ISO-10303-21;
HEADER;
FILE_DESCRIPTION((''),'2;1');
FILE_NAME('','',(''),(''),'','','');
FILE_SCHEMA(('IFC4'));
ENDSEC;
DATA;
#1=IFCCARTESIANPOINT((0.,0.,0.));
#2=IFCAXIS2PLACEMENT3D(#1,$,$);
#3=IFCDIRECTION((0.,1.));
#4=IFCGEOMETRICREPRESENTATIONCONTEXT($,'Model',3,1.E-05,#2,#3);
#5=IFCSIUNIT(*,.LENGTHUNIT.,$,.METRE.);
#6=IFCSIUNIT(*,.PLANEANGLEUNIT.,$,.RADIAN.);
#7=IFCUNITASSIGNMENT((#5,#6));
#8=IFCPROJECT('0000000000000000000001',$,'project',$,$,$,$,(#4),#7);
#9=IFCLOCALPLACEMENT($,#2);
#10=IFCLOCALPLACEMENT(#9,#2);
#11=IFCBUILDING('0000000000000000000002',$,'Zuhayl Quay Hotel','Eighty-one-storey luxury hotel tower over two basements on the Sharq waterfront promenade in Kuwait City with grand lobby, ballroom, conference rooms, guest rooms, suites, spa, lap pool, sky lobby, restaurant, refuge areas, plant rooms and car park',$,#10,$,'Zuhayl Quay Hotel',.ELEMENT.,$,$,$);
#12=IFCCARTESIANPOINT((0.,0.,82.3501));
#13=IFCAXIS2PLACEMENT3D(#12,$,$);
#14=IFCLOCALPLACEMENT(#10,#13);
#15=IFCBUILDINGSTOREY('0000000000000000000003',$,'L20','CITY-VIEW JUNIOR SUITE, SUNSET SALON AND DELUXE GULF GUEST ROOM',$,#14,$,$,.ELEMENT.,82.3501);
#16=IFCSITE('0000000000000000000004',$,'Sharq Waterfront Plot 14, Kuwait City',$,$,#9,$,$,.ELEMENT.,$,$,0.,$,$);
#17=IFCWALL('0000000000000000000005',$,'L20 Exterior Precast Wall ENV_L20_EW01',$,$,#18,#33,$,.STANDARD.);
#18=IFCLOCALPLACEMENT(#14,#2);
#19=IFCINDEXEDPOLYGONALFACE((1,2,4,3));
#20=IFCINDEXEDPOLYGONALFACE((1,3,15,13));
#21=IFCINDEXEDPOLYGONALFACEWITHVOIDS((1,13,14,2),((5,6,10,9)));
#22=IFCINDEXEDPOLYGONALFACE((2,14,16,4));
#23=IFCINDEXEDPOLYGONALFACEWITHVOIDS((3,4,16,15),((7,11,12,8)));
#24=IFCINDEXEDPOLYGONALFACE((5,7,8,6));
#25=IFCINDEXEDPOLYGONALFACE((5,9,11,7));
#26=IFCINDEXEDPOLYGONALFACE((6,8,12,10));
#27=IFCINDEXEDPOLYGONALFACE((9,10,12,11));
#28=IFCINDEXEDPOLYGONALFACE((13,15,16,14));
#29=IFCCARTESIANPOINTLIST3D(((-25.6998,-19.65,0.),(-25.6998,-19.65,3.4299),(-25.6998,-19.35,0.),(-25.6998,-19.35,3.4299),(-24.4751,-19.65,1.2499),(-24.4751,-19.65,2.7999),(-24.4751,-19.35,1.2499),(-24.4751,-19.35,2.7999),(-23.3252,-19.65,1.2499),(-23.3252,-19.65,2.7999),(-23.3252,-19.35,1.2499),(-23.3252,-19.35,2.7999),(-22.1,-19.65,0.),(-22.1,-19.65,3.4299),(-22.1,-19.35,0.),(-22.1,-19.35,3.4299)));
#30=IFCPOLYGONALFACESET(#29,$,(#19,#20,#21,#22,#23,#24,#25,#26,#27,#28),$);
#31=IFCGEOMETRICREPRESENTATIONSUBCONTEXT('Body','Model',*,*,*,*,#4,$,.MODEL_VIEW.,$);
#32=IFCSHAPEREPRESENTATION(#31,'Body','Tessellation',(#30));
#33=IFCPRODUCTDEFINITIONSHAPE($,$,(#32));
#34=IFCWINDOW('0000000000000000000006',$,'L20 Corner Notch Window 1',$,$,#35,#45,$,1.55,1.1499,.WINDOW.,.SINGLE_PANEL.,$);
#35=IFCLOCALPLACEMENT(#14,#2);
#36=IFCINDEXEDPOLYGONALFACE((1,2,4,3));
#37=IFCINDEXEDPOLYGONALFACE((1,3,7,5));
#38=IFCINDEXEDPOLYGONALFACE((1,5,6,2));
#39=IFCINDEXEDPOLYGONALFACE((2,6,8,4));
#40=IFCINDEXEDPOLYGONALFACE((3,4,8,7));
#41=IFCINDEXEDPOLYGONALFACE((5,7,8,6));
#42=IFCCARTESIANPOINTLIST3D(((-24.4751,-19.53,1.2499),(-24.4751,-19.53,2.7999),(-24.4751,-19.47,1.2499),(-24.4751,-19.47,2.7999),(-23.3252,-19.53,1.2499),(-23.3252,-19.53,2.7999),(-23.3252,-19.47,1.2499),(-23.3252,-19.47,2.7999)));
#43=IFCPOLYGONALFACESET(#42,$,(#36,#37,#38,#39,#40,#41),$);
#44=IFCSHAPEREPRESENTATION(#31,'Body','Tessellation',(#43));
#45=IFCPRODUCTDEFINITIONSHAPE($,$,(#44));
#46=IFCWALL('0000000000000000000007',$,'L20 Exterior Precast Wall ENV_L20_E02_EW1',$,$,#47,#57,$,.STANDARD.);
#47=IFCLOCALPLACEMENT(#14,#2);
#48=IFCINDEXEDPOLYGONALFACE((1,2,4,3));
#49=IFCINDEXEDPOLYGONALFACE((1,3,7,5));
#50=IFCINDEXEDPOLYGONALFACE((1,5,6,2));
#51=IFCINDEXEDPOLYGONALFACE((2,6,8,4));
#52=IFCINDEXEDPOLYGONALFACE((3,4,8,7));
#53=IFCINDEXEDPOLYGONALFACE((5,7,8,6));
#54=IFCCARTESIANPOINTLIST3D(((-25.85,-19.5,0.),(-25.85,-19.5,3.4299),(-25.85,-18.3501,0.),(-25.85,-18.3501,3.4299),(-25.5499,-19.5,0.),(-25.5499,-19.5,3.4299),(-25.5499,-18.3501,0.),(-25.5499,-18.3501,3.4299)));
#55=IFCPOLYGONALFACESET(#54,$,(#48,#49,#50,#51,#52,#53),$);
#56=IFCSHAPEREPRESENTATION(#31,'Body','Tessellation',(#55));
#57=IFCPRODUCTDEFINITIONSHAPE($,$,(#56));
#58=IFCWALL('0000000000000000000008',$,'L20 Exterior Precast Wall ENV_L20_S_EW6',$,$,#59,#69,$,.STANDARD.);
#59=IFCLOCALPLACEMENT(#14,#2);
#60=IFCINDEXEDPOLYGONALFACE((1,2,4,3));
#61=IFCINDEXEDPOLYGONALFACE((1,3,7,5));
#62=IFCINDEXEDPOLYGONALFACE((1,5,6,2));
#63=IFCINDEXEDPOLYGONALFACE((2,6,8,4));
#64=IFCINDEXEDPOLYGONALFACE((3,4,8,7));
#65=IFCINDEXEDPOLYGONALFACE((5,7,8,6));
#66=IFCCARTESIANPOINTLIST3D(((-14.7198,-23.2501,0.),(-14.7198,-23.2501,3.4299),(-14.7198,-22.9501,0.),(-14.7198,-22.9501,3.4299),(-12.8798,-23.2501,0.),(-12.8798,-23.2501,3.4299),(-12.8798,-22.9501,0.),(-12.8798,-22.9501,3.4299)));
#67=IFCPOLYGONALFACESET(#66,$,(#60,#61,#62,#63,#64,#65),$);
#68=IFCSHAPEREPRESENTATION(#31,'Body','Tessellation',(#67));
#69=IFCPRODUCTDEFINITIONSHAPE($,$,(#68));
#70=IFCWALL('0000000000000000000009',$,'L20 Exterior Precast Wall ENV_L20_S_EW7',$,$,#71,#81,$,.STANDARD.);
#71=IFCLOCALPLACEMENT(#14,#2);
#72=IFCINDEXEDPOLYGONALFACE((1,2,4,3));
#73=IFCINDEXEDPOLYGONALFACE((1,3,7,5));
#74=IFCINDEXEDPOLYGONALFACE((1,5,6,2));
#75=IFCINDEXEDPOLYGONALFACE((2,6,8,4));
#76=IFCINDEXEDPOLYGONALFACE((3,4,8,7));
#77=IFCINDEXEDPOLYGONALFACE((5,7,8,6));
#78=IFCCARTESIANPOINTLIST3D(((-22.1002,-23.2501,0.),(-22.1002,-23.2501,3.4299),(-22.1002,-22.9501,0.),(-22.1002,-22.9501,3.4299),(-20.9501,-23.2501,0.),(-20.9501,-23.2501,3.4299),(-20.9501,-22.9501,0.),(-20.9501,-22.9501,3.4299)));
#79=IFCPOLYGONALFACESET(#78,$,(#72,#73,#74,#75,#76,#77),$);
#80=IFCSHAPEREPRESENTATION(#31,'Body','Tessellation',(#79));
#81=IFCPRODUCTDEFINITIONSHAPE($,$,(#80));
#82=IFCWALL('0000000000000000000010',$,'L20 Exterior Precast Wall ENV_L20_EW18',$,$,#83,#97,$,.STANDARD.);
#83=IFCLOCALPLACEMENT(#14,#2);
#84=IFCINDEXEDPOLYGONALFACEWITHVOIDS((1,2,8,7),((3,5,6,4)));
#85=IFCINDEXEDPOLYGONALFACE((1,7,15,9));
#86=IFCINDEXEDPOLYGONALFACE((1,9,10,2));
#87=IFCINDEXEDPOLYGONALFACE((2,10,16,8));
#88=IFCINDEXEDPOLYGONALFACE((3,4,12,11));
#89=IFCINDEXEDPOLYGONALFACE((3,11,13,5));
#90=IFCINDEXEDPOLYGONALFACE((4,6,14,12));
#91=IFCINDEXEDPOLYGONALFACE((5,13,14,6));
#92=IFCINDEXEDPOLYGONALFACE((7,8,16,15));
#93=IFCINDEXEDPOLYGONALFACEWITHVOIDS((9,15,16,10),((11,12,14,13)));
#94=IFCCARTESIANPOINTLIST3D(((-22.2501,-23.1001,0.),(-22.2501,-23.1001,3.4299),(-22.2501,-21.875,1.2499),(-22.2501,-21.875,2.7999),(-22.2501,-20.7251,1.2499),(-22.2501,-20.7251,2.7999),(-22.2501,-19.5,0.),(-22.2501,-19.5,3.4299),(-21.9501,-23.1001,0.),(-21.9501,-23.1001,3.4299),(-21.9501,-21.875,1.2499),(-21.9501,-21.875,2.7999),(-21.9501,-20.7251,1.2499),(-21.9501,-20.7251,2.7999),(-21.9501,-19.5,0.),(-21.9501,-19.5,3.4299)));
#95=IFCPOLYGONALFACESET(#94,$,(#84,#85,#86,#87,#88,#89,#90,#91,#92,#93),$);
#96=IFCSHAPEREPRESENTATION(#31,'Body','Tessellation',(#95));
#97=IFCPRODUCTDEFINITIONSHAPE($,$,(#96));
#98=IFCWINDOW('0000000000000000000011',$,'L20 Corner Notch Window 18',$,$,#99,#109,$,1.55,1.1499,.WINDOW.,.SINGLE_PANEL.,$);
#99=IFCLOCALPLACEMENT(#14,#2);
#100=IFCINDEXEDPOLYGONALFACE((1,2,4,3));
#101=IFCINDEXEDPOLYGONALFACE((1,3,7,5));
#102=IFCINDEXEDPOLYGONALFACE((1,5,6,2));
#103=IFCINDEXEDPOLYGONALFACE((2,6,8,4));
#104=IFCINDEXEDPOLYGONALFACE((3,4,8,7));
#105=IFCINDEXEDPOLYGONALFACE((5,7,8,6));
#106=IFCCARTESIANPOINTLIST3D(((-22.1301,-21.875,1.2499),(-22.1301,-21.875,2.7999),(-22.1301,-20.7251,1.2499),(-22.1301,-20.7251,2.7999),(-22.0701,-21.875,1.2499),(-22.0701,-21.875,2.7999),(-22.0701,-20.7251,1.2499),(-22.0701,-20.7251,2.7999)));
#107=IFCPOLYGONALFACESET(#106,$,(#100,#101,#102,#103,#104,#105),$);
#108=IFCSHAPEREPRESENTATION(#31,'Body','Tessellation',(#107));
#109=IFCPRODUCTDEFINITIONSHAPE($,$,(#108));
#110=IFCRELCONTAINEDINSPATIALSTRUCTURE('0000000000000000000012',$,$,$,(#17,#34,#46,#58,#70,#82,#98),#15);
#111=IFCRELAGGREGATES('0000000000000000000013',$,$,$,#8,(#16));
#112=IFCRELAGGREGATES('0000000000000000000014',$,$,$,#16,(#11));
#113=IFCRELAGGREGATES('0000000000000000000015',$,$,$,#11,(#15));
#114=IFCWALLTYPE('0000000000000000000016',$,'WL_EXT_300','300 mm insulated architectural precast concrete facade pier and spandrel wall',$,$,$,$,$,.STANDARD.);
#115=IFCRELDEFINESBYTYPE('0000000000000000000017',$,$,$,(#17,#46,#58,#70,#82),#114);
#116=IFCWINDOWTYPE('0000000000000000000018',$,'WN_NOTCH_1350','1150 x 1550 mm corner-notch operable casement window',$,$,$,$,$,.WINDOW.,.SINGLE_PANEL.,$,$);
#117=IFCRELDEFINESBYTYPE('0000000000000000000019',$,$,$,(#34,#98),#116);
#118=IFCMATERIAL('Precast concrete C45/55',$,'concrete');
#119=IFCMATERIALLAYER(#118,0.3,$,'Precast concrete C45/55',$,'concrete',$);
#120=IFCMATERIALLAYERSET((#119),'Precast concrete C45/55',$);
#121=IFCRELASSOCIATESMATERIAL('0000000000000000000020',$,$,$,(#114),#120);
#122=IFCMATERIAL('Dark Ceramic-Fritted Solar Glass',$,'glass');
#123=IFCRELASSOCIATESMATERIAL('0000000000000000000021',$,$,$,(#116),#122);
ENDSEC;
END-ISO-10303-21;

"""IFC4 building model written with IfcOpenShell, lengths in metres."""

from ifc_helpers import new_model, si_unit, direction, frame, frame_2d, origin, place, context, subcontext, project, spatial, rectangle, extrude, material, layer, layer_set, type_object, element, fill, save


model = new_model("IFC4")

# Units and contexts
model_context = context("Model", 3, precision=1e-05, world=origin(), true_north=direction((0.0, 1.0)))
body_context = subcontext(model_context, "Body", "Model", "MODEL_VIEW")
ifc_project = project(units=[si_unit("LENGTHUNIT", "METRE"), si_unit("PLANEANGLEUNIT", "RADIAN")], contexts=[model_context])

# Site, building, storey
site_placement = place(None, origin())
site = spatial("IfcSite", under=ifc_project, at=site_placement, Name="Sharq Waterfront Plot 14, Kuwait City", CompositionType="ELEMENT", RefElevation=0.0)
building_placement = place(site_placement, origin())
building = spatial("IfcBuilding", under=site, at=building_placement, Name="Zuhayl Quay Hotel", Description="Eighty-one-storey luxury hotel tower over two basements on the Sharq waterfront promenade in Kuwait City with grand lobby, ballroom, conference rooms, guest rooms, suites, spa, lap pool, sky lobby, restaurant, refuge areas, plant rooms and car park", LongName="Zuhayl Quay Hotel", CompositionType="ELEMENT")
storey_placement = place(building_placement, frame((0.0, 0.0, 82.3501)))
storey = spatial("IfcBuildingStorey", under=building, at=storey_placement, Name="L20", Description="CITY-VIEW JUNIOR SUITE, SUNSET SALON AND DELUXE GULF GUEST ROOM", CompositionType="ELEMENT", Elevation=82.3501)

# Shared definitions
ifc_material_1 = material(Name="Dark Ceramic-Fritted Solar Glass", Category="glass")

# Wall, opening, window
ifc_material_2 = material(Name="Precast concrete C45/55", Category="concrete")
ifc_layer_1 = layer(ifc_material_2, 0.3, Name="Precast concrete C45/55", Category="concrete")
ifc_layer_set_1 = layer_set([ifc_layer_1], Name="Precast concrete C45/55")
wall_type = type_object("IfcWallType", Name="WL_EXT_300", Description="300 mm insulated architectural precast concrete facade pier and spandrel wall", PredefinedType="STANDARD", material=ifc_layer_set_1)
wall_1_placement = place(storey_placement, frame((-22.1001, -19.5, 0.0), z_axis=(0.0, 0.0, 1.0), x_axis=(-1.0, 0.0, 0.0)))
wall_1 = element("IfcWall", 1, at=wall_1_placement, inside=storey, type_object=wall_type, Name="L20 Exterior Precast Wall ENV_L20_EW01", PredefinedType="STANDARD", context=body_context, shape_type="SweptSolid", body=[
    extrude(rectangle(XDim=3.5999, YDim=0.3, at=frame_2d((1.7998, 0.0))), origin(), (0.0, 0.0, 1.0), 3.4299),
])
opening_1_placement = place(wall_1_placement, frame((1.2251, 0.0, 1.25)))
opening_1 = element("IfcOpeningElement", 2, at=opening_1_placement, cuts=wall_1, PredefinedType="OPENING", context=body_context, shape_type="SweptSolid", body=[
    extrude(rectangle(XDim=1.1499, YDim=1.55, at=frame_2d((0.575, 0.7749))), frame((0.0, 0.1599, 0.0), z_axis=(0.0, -1.0, 0.0), x_axis=(1.0, 0.0, 0.0)), (0.0, 0.0, 1.0), 0.3201),
])
window_type = type_object("IfcWindowType", Name="WN_NOTCH_1350", Description="1150 x 1550 mm corner-notch operable casement window", PartitioningType="SINGLE_PANEL", PredefinedType="WINDOW", material=ifc_material_1)
window_1_placement = place(opening_1_placement, origin())
window_1 = element("IfcWindow", 3, at=window_1_placement, inside=storey, type_object=window_type, Name="L20 Corner Notch Window 1", OverallHeight=1.55, OverallWidth=1.1499, PartitioningType="SINGLE_PANEL", PredefinedType="WINDOW", context=body_context, shape_type="SweptSolid", body=[
    extrude(rectangle(XDim=1.1499, YDim=1.55, at=frame_2d((0.575, 0.7749))), frame((0.0, 0.03, 0.0), z_axis=(0.0, -1.0, 0.0), x_axis=(1.0, 0.0, 0.0)), (0.0, 0.0, 1.0), 0.0601),
])
fill(opening_1, window_1)

# Walls
wall_2_placement = place(storey_placement, frame((-25.7, -19.5, 0.0), z_axis=(0.0, 0.0, 1.0), x_axis=(0.0, 1.0, 0.0)))
element("IfcWall", 4, at=wall_2_placement, inside=storey, type_object=wall_type, Name="L20 Exterior Precast Wall ENV_L20_E02_EW1", PredefinedType="STANDARD", context=body_context, shape_type="SweptSolid", body=[
    extrude(rectangle(XDim=1.1499, YDim=0.3, at=frame_2d((0.575, 0.0))), origin(), (0.0, 0.0, 1.0), 3.4299),
])
wall_3_placement = place(storey_placement, frame((-12.8799, -23.1001, 0.0), z_axis=(0.0, 0.0, 1.0), x_axis=(-1.0, 0.0, 0.0)))
element("IfcWall", 5, at=wall_3_placement, inside=storey, type_object=wall_type, Name="L20 Exterior Precast Wall ENV_L20_S_EW6", PredefinedType="STANDARD", context=body_context, shape_type="SweptSolid", body=[
    extrude(rectangle(XDim=1.8401, YDim=0.3, at=frame_2d((0.9199, 0.0))), origin(), (0.0, 0.0, 1.0), 3.4299),
])
wall_4_placement = place(storey_placement, frame((-20.95, -23.1001, 0.0), z_axis=(0.0, 0.0, 1.0), x_axis=(-1.0, 0.0, 0.0)))
element("IfcWall", 6, at=wall_4_placement, inside=storey, type_object=wall_type, Name="L20 Exterior Precast Wall ENV_L20_S_EW7", PredefinedType="STANDARD", context=body_context, shape_type="SweptSolid", body=[
    extrude(rectangle(XDim=1.1501, YDim=0.3, at=frame_2d((0.5752, 0.0))), origin(), (0.0, 0.0, 1.0), 3.4299),
])

# Wall, opening, window
wall_5_placement = place(storey_placement, frame((-22.1001, -23.1001, 0.0), z_axis=(0.0, 0.0, 1.0), x_axis=(0.0, 1.0, 0.0)))
wall_5 = element("IfcWall", 7, at=wall_5_placement, inside=storey, type_object=wall_type, Name="L20 Exterior Precast Wall ENV_L20_EW18", PredefinedType="STANDARD", context=body_context, shape_type="SweptSolid", body=[
    extrude(rectangle(XDim=3.6001, YDim=0.3, at=frame_2d((1.8, 0.0))), origin(), (0.0, 0.0, 1.0), 3.4299),
])
opening_2_placement = place(wall_5_placement, frame((1.2251, 0.0, 1.25)))
opening_2 = element("IfcOpeningElement", 8, at=opening_2_placement, cuts=wall_5, PredefinedType="OPENING", context=body_context, shape_type="SweptSolid", body=[
    extrude(rectangle(XDim=1.1499, YDim=1.55, at=frame_2d((0.575, 0.7749))), frame((0.0, 0.1599, 0.0), z_axis=(0.0, -1.0, 0.0), x_axis=(1.0, 0.0, 0.0)), (0.0, 0.0, 1.0), 0.3201),
])
window_2_placement = place(opening_2_placement, origin())
window_2 = element("IfcWindow", 9, at=window_2_placement, inside=storey, type_object=window_type, Name="L20 Corner Notch Window 18", OverallHeight=1.55, OverallWidth=1.1499, PartitioningType="SINGLE_PANEL", PredefinedType="WINDOW", context=body_context, shape_type="SweptSolid", body=[
    extrude(rectangle(XDim=1.1499, YDim=1.55, at=frame_2d((0.575, 0.7749))), frame((0.0, 0.03, 0.0), z_axis=(0.0, -1.0, 0.0), x_axis=(1.0, 0.0, 0.0)), (0.0, 0.0, 1.0), 0.0601),
])
fill(opening_2, window_2)

save(model, "model.ifc")
